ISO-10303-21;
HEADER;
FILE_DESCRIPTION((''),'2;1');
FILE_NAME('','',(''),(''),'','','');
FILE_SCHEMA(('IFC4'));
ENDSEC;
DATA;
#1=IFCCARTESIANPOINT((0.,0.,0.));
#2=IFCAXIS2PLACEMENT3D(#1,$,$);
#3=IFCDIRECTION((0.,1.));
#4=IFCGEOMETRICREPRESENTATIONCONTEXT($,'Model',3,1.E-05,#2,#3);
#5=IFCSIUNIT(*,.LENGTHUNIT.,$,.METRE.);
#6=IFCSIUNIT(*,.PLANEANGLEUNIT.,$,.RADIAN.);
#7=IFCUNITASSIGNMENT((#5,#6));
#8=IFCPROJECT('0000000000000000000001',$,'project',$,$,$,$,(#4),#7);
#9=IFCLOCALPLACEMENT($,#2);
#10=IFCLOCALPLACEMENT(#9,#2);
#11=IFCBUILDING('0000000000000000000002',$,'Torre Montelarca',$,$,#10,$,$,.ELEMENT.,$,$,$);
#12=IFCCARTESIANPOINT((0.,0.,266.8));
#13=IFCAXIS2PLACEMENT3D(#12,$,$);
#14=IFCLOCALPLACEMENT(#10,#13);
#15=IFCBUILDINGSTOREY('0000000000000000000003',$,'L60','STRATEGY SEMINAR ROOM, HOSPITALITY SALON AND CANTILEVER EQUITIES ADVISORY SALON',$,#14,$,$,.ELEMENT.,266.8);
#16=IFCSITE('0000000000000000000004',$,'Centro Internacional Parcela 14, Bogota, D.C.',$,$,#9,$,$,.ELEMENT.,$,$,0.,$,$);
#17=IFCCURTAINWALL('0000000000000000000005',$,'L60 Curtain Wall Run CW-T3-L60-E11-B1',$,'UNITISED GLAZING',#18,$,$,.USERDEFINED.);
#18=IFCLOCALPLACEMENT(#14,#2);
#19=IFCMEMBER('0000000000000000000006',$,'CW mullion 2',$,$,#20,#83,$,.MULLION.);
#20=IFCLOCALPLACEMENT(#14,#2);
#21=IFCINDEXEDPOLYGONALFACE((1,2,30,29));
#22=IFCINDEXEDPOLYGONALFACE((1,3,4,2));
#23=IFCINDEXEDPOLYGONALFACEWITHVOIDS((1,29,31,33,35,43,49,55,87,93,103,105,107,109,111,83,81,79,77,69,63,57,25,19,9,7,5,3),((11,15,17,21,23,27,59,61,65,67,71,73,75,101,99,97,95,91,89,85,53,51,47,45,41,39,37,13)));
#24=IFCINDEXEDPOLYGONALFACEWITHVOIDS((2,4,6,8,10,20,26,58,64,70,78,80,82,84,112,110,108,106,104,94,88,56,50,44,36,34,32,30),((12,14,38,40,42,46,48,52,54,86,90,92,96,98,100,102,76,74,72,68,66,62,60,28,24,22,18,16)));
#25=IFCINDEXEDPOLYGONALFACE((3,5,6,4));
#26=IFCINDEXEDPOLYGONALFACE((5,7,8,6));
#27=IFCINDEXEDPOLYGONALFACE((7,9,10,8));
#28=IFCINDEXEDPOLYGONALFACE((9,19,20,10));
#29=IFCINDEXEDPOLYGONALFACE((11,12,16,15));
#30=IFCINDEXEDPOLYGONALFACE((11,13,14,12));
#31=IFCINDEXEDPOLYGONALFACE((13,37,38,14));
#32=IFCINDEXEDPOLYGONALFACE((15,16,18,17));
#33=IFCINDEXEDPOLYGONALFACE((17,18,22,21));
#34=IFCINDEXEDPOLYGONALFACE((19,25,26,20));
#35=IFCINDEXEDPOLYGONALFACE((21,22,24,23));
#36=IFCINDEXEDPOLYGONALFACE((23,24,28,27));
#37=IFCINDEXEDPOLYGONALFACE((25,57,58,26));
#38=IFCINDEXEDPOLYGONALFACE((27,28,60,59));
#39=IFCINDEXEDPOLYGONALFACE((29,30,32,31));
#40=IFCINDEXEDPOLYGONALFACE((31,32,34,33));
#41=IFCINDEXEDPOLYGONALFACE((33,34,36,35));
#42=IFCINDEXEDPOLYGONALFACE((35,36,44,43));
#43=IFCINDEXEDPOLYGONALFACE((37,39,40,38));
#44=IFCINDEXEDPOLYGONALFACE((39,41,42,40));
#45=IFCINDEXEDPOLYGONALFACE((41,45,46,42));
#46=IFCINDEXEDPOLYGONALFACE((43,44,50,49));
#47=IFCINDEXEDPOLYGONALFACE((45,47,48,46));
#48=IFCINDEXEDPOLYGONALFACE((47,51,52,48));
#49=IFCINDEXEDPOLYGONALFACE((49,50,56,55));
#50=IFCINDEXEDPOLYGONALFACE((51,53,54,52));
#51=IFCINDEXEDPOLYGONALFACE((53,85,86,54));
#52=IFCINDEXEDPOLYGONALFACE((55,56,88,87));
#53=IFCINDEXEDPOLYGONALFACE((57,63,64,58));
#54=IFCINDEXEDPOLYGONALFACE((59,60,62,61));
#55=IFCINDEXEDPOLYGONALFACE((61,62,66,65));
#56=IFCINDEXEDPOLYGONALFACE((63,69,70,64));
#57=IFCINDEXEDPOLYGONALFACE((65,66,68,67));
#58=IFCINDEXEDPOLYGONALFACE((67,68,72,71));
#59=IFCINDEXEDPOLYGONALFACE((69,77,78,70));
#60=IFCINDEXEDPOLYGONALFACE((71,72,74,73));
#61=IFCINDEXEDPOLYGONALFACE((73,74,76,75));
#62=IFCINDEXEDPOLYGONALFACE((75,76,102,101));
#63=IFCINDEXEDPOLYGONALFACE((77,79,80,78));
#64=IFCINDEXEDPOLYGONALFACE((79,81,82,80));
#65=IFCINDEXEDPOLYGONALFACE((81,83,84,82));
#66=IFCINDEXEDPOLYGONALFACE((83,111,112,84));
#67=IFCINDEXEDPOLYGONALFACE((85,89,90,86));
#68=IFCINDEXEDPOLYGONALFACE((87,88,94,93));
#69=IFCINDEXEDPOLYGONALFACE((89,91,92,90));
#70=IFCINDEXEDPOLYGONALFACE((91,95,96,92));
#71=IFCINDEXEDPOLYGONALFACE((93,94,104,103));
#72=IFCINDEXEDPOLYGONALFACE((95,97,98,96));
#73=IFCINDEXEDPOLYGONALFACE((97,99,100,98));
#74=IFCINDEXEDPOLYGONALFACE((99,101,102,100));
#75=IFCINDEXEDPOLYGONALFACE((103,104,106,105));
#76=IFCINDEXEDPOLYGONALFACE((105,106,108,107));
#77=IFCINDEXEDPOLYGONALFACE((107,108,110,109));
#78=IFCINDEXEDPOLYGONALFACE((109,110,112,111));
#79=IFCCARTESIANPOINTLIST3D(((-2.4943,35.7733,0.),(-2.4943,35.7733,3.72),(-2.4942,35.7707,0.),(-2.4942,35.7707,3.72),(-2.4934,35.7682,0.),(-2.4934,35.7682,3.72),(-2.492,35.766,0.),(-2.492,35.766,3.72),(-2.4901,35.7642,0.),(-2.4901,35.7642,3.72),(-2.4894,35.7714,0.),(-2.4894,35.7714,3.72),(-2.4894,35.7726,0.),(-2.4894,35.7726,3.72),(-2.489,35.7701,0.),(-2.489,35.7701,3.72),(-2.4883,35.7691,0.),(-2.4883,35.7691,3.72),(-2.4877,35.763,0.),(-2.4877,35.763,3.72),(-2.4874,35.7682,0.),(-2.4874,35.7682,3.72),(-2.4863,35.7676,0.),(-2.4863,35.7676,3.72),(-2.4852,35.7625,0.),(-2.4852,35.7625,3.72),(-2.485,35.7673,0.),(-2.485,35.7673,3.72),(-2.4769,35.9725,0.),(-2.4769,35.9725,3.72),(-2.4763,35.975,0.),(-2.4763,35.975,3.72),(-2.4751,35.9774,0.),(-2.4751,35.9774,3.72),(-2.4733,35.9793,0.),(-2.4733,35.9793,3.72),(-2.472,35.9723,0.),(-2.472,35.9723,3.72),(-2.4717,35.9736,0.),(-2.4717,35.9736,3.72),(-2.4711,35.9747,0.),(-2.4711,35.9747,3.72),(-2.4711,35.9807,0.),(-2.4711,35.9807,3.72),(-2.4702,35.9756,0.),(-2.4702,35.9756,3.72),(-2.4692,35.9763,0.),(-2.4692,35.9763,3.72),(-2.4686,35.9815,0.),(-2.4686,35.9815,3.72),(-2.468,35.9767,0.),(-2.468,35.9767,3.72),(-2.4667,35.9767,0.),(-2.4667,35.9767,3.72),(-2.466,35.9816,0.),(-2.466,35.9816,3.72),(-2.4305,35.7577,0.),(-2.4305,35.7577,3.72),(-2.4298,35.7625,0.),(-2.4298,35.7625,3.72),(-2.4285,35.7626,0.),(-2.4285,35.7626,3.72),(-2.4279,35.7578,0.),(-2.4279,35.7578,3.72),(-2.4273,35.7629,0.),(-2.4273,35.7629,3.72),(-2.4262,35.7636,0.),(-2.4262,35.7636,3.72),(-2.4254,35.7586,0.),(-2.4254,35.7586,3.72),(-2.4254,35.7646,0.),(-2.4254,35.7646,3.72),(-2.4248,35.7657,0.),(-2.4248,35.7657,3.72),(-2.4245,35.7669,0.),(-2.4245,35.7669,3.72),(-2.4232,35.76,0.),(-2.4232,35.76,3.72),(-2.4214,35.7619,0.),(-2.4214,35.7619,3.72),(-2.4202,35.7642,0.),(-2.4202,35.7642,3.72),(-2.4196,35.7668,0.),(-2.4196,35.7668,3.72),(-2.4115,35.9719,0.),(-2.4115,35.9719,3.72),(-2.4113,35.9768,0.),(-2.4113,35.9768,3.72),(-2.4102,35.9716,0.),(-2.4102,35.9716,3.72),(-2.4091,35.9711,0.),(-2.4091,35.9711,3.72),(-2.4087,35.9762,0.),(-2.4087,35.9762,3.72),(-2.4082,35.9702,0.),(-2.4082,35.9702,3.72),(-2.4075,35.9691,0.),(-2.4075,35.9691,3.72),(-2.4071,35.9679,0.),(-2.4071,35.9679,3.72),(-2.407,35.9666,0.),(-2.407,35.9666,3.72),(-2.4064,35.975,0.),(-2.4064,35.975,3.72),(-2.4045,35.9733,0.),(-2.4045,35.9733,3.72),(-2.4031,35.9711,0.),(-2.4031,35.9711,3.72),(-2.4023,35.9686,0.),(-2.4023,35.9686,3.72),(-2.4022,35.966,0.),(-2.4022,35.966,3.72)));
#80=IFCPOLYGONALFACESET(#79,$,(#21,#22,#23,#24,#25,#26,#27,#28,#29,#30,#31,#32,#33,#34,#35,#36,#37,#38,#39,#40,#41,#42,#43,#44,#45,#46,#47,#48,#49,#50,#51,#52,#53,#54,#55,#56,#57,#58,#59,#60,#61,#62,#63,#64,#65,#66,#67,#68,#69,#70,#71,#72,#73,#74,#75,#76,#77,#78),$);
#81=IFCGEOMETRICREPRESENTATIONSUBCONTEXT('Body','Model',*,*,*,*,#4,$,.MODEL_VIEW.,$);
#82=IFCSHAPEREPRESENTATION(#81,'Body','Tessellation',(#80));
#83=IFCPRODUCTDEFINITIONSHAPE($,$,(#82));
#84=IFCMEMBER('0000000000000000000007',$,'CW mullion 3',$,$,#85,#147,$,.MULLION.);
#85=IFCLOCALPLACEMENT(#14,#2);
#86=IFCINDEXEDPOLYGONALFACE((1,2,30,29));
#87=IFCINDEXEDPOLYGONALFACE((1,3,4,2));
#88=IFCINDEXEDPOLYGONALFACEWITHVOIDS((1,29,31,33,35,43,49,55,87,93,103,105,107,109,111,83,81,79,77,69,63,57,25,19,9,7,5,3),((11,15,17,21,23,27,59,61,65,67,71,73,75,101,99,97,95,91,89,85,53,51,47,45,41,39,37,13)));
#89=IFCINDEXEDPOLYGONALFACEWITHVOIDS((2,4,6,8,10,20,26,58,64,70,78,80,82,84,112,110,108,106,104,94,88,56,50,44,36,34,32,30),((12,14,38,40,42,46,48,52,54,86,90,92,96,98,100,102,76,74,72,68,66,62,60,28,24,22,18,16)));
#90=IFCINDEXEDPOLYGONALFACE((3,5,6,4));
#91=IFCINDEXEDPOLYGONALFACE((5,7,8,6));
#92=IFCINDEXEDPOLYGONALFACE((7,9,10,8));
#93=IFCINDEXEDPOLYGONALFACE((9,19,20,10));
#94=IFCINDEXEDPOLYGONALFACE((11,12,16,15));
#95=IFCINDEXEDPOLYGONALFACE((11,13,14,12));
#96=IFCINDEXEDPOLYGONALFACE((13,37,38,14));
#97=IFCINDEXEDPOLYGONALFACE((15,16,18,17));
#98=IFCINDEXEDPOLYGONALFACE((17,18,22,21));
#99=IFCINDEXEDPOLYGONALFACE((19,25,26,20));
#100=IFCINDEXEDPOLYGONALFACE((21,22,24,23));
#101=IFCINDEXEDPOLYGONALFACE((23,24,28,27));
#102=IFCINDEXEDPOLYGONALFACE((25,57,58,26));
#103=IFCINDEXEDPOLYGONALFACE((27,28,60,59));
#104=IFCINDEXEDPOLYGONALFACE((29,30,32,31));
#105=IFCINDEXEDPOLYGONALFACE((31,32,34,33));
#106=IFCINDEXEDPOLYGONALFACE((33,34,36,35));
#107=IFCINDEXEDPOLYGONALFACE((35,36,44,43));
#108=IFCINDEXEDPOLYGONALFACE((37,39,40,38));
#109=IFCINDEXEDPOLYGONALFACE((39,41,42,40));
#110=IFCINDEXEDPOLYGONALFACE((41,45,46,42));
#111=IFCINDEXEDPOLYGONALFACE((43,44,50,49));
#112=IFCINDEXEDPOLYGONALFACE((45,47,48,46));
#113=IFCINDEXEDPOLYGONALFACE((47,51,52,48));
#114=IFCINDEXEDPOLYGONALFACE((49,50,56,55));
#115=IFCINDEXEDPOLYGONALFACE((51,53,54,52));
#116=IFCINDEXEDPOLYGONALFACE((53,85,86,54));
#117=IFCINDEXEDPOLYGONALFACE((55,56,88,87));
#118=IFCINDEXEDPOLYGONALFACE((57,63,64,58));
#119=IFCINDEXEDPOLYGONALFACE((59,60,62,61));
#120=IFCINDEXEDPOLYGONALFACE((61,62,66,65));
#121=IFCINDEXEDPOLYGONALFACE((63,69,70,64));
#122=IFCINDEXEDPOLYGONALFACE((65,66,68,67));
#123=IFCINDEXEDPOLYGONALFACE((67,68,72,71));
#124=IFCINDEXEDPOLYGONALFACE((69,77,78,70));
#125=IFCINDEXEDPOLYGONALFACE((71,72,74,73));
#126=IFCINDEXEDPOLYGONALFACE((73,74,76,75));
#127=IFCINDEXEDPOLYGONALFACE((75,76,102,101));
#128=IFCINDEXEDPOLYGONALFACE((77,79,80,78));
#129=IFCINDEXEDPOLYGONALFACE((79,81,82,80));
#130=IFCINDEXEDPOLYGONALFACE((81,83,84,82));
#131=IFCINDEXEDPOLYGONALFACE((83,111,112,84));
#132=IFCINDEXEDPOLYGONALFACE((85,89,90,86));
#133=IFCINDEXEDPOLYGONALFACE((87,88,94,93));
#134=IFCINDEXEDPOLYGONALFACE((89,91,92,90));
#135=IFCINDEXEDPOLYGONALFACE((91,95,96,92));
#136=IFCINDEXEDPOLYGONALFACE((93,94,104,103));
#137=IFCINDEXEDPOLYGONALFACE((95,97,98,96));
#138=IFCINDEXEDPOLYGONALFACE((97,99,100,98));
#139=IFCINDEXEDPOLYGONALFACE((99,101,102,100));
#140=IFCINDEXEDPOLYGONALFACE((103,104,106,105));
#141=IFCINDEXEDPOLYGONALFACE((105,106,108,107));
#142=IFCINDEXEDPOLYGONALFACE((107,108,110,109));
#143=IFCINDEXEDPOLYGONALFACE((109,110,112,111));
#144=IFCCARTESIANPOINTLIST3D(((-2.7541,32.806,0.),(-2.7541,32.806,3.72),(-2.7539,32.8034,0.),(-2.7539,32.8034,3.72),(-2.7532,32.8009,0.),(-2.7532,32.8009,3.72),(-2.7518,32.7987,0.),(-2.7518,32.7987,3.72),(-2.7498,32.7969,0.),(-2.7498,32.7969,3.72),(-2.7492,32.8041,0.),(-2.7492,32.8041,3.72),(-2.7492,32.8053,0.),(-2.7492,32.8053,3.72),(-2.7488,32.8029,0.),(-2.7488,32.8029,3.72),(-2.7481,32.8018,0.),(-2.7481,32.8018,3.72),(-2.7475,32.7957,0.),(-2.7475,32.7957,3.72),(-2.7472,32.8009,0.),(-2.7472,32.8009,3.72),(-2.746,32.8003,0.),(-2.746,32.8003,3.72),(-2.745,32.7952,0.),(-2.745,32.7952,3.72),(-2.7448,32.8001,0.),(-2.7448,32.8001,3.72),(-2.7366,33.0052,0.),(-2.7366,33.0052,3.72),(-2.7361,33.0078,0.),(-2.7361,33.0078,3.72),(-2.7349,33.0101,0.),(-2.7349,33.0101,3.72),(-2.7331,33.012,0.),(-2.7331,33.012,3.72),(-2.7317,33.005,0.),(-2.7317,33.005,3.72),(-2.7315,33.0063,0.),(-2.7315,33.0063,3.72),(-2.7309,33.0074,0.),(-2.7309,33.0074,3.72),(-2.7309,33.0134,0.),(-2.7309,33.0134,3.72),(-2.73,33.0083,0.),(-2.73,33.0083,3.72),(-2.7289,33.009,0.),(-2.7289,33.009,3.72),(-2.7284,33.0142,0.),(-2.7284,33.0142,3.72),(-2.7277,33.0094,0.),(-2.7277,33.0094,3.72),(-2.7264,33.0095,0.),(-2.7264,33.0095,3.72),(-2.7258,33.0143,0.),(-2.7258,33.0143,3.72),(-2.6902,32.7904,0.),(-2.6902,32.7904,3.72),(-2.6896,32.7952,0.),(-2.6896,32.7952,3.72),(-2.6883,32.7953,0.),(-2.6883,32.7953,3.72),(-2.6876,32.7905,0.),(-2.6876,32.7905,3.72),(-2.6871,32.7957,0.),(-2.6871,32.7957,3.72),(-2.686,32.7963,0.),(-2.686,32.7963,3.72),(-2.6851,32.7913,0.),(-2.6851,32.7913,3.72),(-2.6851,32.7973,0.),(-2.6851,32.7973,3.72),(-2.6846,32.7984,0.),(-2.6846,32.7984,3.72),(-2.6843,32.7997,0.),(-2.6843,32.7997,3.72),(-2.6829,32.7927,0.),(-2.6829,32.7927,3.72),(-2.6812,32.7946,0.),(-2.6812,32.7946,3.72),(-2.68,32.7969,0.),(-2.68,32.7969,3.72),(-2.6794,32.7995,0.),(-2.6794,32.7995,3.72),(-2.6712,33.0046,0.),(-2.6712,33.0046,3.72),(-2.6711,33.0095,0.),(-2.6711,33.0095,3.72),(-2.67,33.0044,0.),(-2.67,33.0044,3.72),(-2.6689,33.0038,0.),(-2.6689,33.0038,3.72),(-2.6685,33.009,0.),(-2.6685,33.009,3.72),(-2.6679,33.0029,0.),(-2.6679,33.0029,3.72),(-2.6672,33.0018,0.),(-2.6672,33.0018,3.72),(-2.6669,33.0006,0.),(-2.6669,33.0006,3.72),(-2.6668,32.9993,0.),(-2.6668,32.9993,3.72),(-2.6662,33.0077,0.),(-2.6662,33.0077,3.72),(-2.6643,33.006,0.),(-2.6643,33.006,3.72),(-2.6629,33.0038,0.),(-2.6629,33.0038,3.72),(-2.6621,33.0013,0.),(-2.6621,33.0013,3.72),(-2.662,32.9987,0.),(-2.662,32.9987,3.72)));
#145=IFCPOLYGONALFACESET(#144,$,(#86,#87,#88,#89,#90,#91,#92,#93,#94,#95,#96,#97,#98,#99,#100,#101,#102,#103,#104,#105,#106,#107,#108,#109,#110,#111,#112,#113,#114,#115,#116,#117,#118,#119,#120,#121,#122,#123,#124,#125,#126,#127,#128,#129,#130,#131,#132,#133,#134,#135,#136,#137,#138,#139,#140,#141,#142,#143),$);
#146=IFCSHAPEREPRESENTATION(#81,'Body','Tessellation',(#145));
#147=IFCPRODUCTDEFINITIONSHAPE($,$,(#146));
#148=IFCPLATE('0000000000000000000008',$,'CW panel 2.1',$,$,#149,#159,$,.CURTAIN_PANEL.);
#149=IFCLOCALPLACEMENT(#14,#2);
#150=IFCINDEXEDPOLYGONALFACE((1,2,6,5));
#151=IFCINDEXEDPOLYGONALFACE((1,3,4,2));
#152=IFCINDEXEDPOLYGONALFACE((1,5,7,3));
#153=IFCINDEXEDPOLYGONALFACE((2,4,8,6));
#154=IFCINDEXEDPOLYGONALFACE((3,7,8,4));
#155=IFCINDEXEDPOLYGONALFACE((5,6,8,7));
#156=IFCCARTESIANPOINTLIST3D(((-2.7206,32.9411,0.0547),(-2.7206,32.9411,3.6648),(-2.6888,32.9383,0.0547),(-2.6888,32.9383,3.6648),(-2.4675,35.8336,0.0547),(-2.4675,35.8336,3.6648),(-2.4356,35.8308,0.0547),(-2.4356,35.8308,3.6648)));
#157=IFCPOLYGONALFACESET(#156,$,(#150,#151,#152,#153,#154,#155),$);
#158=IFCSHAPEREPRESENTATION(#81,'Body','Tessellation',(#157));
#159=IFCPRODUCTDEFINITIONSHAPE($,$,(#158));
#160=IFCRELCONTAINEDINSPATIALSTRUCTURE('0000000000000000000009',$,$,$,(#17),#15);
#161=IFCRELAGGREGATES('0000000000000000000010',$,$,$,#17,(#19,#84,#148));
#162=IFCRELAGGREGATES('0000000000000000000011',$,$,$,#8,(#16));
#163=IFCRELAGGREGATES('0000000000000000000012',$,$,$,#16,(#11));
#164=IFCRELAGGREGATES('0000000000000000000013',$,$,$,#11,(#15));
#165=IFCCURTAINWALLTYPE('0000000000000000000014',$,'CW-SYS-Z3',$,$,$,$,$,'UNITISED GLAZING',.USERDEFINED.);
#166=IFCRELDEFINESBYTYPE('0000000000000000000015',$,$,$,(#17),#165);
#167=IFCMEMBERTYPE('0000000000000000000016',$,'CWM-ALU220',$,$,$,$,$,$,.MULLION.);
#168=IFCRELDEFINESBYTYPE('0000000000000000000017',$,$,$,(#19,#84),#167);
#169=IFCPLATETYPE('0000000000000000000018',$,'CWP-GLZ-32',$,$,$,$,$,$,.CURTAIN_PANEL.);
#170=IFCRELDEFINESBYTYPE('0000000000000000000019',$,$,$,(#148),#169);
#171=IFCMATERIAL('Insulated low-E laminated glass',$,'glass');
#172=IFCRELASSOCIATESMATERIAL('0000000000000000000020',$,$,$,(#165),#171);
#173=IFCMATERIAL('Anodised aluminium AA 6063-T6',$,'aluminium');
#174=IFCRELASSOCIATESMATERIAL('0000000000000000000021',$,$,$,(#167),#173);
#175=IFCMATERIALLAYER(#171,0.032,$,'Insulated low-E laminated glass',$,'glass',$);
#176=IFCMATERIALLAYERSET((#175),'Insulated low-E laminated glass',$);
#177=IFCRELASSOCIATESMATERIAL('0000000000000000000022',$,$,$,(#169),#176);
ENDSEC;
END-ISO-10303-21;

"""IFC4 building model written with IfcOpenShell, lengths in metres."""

from ifc_helpers import new_model, si_unit, direction, frame, origin, origin_2d, place, context, subcontext, project, spatial, rectangle, hollow_rectangle, extrude, source, transform, mapped, material, layer, layer_set, material_profile, profile_set, type_object, element, aggregate, save


model = new_model("IFC4")

# Units and contexts
model_context = context("Model", 3, precision=1e-05, world=origin(), true_north=direction((0.0, 1.0)))
body_context = subcontext(model_context, "Body", "Model", "MODEL_VIEW")
ifc_project = project(units=[si_unit("LENGTHUNIT", "METRE"), si_unit("PLANEANGLEUNIT", "RADIAN")], contexts=[model_context])

# Site, building, storey
site_placement = place(None, origin())
site = spatial("IfcSite", under=ifc_project, at=site_placement, Name="Centro Internacional Parcela 14, Bogota, D.C.", CompositionType="ELEMENT", RefElevation=0.0)
building_placement = place(site_placement, origin())
building = spatial("IfcBuilding", under=site, at=building_placement, Name="Torre Montelarca", CompositionType="ELEMENT")
storey_placement = place(building_placement, frame((0.0, 0.0, 266.8)))
storey = spatial("IfcBuildingStorey", under=building, at=storey_placement, Name="L60", Description="STRATEGY SEMINAR ROOM, HOSPITALITY SALON AND CANTILEVER EQUITIES ADVISORY SALON", CompositionType="ELEMENT", Elevation=266.8)

# Curtain wall, members, plate
ifc_material_1 = material(Name="Insulated low-E laminated glass", Category="glass")
curtain_wall_type = type_object("IfcCurtainWallType", Name="CW-SYS-Z3", ElementType="UNITISED GLAZING", PredefinedType="USERDEFINED", material=ifc_material_1)
curtain_wall_placement = place(storey_placement, origin())
curtain_wall = element("IfcCurtainWall", 1, at=curtain_wall_placement, inside=storey, type_object=curtain_wall_type, Name="L60 Curtain Wall Run CW-T3-L60-E11-B1", ObjectType="UNITISED GLAZING", PredefinedType="USERDEFINED")
ifc_material_2 = material(Name="Anodised aluminium AA 6063-T6", Category="aluminium")
ifc_material_profile_1 = material_profile(ifc_material_2, hollow_rectangle(XDim=0.075, YDim=0.22, WallThickness=0.0049, InnerFilletRadius=0.0049, OuterFilletRadius=0.01, at=origin_2d()), Name="ALU75X220X5", Category="aluminium")
ifc_profile_set_1 = profile_set([ifc_material_profile_1], Name="Anodised aluminium AA 6063-T6")
member_type_1 = type_object("IfcMemberType", Name="CWM-ALU220", PredefinedType="MULLION", material=ifc_profile_set_1)
shared_shape_1 = source(origin(), body_context, "Body", "SweptSolid", [
    extrude(hollow_rectangle(XDim=0.075, YDim=0.22, WallThickness=0.0049, InnerFilletRadius=0.0049, OuterFilletRadius=0.01, at=origin_2d()), origin(), (0.0, 0.0, 1.0), 3.72),
])
member_1_placement = place(storey_placement, frame((-2.4482, 35.8696, 0.0), z_axis=(0.0, 0.0, 1.0), x_axis=(0.996192, -0.087183, 0.0)))
member_1 = element("IfcMember", 2, at=member_1_placement, type_object=member_type_1, Name="CW mullion 2", PredefinedType="MULLION", context=body_context, shape_type="MappedRepresentation", body=[
    mapped(shared_shape_1, transform((0.0, 0.0, 0.0), scale=1.0)),
])
member_2_placement = place(storey_placement, frame((-2.708, 32.9023, 0.0), z_axis=(0.0, 0.0, 1.0), x_axis=(0.996192, -0.087183, 0.0)))
member_2 = element("IfcMember", 3, at=member_2_placement, type_object=member_type_1, Name="CW mullion 3", PredefinedType="MULLION", context=body_context, shape_type="MappedRepresentation", body=[
    mapped(shared_shape_1, transform((0.0, 0.0, 0.0), scale=1.0)),
])
ifc_layer_1 = layer(ifc_material_1, 0.032, Name="Insulated low-E laminated glass", Category="glass")
ifc_layer_set_1 = layer_set([ifc_layer_1], Name="Insulated low-E laminated glass")
plate_type = type_object("IfcPlateType", Name="CWP-GLZ-32", PredefinedType="CURTAIN_PANEL", material=ifc_layer_set_1)
shared_shape_2 = source(origin(), body_context, "Body", "SweptSolid", [
    extrude(rectangle(XDim=2.9036, YDim=0.032, at=origin_2d()), origin(), (0.0, 0.0, 1.0), 3.6101),
])
plate_placement = place(storey_placement, frame((-2.5781, 34.386, 0.0547), z_axis=(0.0, 0.0, 1.0), x_axis=(-0.087183, -0.996192, 0.0)))
plate = element("IfcPlate", 4, at=plate_placement, type_object=plate_type, Name="CW panel 2.1", PredefinedType="CURTAIN_PANEL", context=body_context, shape_type="MappedRepresentation", body=[
    mapped(shared_shape_2, transform((0.0, 0.0, 0.0), scale=1.0)),
])
aggregate(curtain_wall, [member_1, member_2, plate])

save(model, "model.ifc")
